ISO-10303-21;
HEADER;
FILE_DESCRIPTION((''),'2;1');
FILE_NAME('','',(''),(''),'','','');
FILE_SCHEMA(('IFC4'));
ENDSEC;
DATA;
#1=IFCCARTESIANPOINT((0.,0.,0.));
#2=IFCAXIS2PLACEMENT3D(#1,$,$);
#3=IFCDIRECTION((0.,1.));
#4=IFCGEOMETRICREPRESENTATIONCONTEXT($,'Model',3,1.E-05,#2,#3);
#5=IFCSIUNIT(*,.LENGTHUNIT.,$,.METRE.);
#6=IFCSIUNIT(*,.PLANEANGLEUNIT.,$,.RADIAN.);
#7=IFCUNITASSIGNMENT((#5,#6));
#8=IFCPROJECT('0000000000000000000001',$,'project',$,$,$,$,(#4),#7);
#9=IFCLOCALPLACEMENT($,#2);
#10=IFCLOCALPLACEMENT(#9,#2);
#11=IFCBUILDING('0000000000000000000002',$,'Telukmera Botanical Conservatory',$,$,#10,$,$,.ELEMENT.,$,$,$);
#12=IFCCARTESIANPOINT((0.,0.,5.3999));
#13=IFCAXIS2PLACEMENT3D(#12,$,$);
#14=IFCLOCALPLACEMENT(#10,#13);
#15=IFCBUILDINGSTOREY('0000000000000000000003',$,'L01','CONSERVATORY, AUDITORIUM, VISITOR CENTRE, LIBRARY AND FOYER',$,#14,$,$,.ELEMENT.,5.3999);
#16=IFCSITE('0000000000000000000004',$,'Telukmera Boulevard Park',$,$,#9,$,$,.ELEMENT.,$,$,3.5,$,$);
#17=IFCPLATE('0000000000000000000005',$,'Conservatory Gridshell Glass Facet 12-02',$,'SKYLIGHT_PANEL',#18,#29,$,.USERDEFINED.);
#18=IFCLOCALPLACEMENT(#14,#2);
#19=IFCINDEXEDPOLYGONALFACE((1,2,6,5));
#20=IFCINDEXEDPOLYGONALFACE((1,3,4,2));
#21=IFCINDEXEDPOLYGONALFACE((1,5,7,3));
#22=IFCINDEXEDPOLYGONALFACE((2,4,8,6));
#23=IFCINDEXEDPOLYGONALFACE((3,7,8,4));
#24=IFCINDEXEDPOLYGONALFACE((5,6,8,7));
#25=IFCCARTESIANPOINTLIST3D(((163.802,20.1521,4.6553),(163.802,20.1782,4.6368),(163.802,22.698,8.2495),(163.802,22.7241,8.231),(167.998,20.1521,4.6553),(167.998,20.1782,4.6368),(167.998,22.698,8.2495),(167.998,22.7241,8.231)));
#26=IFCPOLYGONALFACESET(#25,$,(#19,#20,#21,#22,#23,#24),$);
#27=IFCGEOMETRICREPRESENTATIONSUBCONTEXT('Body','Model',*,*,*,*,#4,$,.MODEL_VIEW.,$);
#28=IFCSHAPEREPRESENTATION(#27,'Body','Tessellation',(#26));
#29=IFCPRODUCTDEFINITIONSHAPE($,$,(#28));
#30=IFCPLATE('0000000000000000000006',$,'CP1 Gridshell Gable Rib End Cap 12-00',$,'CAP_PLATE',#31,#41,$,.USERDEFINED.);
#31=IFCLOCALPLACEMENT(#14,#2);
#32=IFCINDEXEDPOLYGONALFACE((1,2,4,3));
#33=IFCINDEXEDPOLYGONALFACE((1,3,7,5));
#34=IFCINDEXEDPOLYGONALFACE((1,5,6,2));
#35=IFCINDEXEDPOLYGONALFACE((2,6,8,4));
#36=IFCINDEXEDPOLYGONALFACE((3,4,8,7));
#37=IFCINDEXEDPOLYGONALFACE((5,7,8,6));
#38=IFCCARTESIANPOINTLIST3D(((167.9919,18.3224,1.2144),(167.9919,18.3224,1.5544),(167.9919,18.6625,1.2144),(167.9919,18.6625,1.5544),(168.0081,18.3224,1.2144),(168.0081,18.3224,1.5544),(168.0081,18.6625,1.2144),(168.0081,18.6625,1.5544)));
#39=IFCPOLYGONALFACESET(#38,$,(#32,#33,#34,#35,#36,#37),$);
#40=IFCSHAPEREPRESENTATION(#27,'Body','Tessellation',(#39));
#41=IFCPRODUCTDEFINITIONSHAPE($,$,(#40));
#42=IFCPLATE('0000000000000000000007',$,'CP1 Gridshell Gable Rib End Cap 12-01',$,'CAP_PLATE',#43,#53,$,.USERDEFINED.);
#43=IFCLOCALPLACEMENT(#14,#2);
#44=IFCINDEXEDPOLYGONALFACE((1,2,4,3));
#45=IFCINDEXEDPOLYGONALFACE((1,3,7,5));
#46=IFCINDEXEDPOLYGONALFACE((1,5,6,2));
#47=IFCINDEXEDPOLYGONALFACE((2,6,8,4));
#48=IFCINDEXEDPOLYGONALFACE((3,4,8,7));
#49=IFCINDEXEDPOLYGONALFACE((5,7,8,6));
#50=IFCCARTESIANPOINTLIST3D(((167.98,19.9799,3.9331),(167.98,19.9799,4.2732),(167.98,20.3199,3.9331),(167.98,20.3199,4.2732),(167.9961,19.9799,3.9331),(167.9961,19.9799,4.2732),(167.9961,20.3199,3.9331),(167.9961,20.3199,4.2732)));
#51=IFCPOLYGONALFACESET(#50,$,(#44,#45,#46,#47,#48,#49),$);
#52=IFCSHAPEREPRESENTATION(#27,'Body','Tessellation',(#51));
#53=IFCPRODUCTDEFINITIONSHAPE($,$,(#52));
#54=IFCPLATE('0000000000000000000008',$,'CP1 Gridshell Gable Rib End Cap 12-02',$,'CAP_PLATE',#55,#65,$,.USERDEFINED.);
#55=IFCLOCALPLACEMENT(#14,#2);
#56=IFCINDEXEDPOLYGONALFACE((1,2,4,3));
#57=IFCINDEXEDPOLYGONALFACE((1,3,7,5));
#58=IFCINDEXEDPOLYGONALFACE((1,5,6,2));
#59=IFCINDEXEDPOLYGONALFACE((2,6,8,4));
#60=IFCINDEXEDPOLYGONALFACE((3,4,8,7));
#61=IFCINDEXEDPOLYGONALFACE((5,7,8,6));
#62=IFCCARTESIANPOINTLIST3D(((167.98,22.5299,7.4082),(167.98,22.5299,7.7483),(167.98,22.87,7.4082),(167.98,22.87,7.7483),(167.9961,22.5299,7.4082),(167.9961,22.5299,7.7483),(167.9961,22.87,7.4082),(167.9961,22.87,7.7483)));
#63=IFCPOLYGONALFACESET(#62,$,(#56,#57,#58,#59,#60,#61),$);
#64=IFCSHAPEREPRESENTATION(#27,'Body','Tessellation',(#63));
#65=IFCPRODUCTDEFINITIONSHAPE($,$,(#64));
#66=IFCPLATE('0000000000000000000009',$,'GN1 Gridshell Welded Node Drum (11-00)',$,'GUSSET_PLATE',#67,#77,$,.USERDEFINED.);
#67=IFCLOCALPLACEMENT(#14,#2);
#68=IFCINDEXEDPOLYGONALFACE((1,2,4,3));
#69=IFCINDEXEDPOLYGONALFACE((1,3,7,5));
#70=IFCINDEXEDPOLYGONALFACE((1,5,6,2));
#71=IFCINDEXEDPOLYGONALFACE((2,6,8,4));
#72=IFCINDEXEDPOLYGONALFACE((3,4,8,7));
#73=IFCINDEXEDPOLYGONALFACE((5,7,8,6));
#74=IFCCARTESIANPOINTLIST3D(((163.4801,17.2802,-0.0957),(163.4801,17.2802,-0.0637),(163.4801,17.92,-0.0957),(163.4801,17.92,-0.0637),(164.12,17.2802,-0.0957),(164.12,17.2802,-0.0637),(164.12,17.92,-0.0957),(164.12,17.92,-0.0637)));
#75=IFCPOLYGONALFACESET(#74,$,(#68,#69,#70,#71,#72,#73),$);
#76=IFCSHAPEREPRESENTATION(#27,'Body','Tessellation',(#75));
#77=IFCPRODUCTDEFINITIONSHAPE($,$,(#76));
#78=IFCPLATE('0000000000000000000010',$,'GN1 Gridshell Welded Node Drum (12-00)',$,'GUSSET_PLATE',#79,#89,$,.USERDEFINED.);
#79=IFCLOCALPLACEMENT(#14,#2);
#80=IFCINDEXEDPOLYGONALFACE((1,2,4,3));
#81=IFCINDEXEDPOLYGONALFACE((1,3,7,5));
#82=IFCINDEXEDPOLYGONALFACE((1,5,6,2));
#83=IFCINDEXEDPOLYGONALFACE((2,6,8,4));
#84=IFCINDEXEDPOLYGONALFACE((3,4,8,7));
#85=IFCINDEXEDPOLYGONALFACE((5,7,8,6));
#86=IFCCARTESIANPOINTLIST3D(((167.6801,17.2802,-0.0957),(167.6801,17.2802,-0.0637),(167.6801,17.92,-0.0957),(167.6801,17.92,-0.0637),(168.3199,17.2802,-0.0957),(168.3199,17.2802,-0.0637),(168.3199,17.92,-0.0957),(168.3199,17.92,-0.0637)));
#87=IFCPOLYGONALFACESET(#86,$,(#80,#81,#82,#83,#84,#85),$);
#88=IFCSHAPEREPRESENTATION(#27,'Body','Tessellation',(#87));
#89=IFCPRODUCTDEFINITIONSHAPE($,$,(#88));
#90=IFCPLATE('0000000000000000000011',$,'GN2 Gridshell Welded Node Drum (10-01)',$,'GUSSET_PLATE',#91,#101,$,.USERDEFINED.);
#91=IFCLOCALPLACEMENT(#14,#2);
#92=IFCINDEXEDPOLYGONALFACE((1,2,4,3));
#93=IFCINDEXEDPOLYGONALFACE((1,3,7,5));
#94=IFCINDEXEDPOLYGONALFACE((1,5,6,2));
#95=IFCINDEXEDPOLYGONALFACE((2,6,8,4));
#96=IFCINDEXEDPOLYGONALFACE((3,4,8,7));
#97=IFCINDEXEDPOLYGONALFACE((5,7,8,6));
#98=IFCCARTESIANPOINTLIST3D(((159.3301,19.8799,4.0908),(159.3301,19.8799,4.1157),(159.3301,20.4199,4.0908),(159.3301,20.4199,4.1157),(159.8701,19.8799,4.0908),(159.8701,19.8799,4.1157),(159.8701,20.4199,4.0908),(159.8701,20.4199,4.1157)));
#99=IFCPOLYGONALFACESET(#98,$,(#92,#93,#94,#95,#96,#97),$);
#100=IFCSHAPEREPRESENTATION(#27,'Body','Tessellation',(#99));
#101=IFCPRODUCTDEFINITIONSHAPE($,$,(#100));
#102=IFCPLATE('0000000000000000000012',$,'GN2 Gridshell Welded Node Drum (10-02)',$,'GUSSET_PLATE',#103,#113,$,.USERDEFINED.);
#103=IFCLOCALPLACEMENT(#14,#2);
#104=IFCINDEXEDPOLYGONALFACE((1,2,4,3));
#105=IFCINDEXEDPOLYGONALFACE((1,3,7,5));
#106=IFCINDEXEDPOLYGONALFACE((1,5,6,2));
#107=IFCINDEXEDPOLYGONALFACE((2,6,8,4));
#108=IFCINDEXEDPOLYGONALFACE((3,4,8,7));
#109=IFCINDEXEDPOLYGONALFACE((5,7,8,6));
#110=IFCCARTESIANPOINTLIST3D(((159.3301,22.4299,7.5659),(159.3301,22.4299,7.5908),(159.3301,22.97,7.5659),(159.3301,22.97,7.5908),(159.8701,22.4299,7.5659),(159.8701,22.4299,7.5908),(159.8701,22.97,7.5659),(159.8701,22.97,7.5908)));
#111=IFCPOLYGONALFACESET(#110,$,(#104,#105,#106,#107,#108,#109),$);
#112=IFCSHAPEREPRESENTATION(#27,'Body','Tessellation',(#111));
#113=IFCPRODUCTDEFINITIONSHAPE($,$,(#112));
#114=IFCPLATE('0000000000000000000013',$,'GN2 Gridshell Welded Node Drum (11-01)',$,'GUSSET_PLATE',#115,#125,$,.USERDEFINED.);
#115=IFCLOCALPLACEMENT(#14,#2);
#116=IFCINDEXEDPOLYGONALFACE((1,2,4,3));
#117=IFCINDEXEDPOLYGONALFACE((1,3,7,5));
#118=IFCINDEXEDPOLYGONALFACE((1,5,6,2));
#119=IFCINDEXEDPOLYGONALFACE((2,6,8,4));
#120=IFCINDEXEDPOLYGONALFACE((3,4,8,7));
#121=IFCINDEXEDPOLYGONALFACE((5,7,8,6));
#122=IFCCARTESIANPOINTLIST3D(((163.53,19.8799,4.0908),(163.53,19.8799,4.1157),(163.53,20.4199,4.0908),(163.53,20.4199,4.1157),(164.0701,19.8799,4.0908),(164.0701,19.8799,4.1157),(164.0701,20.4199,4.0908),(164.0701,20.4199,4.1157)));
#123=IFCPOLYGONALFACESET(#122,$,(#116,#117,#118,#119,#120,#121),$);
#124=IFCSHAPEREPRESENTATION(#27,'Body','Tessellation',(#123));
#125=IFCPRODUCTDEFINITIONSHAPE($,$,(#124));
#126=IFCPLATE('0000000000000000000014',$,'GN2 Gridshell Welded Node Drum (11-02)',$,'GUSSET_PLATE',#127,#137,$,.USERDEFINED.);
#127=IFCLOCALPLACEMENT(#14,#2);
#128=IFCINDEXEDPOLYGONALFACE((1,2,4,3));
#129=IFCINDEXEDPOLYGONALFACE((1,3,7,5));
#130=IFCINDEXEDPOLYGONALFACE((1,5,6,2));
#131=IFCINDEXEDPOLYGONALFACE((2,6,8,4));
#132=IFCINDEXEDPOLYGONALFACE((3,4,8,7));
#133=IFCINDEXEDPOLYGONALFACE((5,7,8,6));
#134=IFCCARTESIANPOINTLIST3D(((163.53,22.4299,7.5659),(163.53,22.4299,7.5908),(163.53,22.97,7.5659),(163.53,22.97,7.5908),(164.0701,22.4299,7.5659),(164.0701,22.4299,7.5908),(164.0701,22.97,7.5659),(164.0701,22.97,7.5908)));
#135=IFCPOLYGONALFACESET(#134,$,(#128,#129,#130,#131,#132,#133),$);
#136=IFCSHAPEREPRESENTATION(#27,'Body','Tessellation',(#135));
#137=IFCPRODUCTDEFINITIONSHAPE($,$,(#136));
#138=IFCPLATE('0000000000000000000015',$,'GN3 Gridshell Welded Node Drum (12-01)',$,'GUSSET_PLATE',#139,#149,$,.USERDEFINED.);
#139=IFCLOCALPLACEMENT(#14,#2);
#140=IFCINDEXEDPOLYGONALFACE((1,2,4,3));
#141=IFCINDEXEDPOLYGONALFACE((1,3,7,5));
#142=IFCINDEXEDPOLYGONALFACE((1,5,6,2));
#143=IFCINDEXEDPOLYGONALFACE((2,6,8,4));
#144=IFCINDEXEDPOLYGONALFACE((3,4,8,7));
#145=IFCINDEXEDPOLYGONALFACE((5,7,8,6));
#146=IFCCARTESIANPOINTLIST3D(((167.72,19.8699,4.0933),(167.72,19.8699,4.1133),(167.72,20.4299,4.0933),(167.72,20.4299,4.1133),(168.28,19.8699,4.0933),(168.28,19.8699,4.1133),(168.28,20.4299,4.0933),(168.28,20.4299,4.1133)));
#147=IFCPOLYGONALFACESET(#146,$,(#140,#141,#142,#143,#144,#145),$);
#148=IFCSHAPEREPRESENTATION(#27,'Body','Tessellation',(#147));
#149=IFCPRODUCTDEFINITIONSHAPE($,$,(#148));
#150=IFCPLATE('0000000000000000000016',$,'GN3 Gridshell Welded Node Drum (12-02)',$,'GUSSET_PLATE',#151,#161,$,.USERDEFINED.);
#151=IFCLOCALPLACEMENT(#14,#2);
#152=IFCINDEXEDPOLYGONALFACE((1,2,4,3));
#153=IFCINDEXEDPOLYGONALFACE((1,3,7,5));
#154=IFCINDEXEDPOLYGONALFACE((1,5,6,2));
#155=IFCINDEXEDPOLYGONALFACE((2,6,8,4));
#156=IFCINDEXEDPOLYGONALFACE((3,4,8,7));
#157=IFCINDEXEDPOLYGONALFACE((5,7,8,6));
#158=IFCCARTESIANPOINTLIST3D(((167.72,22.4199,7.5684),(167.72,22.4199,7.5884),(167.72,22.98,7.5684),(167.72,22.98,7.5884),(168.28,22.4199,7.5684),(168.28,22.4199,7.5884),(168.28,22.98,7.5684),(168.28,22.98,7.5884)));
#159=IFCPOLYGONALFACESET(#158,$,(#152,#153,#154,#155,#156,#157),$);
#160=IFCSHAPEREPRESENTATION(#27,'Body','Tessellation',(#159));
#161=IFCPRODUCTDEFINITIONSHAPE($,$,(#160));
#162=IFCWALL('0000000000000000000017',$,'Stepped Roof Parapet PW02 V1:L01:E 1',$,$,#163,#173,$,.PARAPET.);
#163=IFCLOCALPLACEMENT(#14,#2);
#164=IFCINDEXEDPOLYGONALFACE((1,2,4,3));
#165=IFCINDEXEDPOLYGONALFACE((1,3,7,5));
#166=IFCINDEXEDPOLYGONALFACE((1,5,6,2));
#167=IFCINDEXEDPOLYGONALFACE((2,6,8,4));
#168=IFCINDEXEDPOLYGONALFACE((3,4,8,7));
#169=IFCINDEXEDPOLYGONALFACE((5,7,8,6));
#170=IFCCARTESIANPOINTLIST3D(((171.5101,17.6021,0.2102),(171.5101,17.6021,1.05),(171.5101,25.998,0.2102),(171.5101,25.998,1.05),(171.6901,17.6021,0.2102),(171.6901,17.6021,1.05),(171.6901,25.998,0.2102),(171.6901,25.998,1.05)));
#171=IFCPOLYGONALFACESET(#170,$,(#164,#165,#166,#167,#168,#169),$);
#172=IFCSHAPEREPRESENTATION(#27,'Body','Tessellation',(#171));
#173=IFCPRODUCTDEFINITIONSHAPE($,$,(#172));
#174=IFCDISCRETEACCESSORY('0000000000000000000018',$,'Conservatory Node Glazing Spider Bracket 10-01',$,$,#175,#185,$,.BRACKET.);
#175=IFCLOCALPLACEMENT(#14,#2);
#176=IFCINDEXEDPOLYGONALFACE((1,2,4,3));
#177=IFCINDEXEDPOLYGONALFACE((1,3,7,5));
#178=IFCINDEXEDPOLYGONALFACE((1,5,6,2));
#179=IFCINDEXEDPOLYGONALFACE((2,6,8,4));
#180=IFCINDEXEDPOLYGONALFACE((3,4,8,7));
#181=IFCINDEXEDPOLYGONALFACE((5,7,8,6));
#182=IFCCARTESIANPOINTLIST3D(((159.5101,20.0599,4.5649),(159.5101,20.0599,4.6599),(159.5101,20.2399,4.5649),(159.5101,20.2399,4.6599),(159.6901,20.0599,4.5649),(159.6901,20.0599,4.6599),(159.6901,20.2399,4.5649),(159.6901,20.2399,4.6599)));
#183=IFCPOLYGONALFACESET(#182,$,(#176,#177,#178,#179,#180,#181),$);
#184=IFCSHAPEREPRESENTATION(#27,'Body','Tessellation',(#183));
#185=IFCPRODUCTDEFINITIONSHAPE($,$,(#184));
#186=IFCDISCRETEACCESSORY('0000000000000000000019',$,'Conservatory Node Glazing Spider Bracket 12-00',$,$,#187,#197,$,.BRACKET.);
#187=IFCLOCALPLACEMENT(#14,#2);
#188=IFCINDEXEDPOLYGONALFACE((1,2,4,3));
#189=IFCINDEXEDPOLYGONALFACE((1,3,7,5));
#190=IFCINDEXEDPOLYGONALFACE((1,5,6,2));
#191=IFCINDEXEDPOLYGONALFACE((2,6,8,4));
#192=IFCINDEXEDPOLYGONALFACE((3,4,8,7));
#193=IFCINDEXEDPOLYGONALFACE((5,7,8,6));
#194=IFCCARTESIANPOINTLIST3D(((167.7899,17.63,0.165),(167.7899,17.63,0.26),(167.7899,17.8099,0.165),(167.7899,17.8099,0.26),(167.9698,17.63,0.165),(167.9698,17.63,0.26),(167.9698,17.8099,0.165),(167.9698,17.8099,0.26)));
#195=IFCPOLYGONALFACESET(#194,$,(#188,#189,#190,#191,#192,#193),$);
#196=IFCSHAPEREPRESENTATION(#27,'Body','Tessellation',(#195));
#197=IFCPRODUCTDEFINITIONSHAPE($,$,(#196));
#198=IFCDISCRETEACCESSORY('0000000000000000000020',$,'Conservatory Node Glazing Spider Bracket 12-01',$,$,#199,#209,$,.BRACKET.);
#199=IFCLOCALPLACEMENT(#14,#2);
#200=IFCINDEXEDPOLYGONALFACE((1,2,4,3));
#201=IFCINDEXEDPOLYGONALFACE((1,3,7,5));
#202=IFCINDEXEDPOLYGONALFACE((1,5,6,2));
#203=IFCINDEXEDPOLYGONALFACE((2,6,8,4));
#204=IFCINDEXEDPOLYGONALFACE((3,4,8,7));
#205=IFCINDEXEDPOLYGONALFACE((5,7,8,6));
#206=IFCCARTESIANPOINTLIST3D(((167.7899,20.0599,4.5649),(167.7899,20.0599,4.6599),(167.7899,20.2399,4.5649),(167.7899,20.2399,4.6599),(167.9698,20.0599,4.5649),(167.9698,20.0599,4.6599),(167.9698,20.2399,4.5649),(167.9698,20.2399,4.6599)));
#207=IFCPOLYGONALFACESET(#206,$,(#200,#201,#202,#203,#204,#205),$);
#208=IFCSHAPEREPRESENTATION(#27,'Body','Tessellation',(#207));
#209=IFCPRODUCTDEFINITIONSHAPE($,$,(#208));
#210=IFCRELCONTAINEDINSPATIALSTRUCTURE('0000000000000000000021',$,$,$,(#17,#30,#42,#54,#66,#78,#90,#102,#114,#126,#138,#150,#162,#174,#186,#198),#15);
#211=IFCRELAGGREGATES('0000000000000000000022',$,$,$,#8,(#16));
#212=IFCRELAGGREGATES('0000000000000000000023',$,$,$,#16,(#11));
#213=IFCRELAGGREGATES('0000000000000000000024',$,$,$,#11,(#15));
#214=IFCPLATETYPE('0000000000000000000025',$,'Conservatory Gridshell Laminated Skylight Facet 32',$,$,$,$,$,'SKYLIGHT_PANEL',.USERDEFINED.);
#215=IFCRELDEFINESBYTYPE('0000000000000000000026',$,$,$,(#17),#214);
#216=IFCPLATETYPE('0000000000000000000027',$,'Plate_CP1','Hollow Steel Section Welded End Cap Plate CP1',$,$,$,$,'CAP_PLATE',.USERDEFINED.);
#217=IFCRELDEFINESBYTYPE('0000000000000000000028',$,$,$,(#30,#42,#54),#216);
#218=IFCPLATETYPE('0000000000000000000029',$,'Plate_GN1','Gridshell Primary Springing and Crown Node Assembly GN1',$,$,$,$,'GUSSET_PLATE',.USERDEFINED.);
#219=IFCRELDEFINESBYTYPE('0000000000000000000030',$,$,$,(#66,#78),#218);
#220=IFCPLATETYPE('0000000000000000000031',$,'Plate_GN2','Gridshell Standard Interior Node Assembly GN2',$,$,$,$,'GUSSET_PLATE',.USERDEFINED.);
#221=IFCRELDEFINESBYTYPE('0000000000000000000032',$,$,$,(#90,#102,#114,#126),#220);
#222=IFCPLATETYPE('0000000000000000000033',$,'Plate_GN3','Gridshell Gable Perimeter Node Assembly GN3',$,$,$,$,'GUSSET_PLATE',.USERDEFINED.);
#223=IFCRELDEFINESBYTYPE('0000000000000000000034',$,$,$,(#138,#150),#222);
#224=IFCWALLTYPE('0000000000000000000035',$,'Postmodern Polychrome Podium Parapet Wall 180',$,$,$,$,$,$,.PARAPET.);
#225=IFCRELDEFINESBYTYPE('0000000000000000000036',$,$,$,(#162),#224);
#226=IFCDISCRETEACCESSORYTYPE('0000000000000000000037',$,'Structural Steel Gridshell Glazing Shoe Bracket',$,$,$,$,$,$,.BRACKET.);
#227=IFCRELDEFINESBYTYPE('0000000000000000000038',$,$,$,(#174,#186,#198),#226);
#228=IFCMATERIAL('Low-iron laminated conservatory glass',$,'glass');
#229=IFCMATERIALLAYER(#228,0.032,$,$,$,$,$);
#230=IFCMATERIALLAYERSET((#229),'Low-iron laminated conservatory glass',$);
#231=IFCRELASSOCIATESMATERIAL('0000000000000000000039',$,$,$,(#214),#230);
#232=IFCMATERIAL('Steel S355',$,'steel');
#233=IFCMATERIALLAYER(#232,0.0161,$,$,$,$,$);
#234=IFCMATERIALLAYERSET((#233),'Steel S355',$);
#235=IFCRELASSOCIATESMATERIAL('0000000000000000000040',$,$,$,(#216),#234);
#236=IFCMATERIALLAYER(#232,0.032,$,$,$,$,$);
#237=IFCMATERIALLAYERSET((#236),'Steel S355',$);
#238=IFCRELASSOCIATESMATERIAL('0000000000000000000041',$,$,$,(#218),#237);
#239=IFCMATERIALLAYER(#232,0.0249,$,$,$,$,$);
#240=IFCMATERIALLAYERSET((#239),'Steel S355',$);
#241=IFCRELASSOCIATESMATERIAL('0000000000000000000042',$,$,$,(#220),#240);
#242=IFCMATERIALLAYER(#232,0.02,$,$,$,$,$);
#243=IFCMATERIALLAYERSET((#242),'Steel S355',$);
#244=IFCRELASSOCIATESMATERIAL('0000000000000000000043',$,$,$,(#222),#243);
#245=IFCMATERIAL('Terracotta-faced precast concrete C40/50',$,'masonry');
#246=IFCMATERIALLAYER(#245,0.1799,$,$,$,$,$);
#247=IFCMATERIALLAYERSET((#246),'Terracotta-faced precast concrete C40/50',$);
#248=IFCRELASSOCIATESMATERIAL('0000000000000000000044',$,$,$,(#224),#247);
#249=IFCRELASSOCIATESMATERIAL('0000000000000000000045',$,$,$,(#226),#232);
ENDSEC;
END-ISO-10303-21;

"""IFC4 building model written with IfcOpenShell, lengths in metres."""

from ifc_helpers import new_model, si_unit, direction, frame, frame_2d, origin, origin_2d, place, context, subcontext, project, spatial, polyline, rectangle, outline, extrude, material, layer, layer_set, type_object, element, save


model = new_model("IFC4")

# Units and contexts
model_context = context("Model", 3, precision=1e-05, world=origin(), true_north=direction((0.0, 1.0)))
body_context = subcontext(model_context, "Body", "Model", "MODEL_VIEW")
ifc_project = project(units=[si_unit("LENGTHUNIT", "METRE"), si_unit("PLANEANGLEUNIT", "RADIAN")], contexts=[model_context])

# Site, building, storey
site_placement = place(None, origin())
site = spatial("IfcSite", under=ifc_project, at=site_placement, Name="Telukmera Boulevard Park", CompositionType="ELEMENT", RefElevation=3.5)
building_placement = place(site_placement, origin())
building = spatial("IfcBuilding", under=site, at=building_placement, Name="Telukmera Botanical Conservatory", CompositionType="ELEMENT")
storey_placement = place(building_placement, frame((0.0, 0.0, 5.3999)))
storey = spatial("IfcBuildingStorey", under=building, at=storey_placement, Name="L01", Description="CONSERVATORY, AUDITORIUM, VISITOR CENTRE, LIBRARY AND FOYER", CompositionType="ELEMENT", Elevation=5.3999)

# Shared definitions
ifc_material_1 = material(Name="Steel S355", Category="steel")

# Plates
ifc_material_2 = material(Name="Low-iron laminated conservatory glass", Category="glass")
ifc_layer_1 = layer(ifc_material_2, 0.032)
ifc_layer_set_1 = layer_set([ifc_layer_1], Name="Low-iron laminated conservatory glass")
plate_type_1 = type_object("IfcPlateType", Name="Conservatory Gridshell Laminated Skylight Facet 32", ElementType="SKYLIGHT_PANEL", PredefinedType="USERDEFINED", material=ifc_layer_set_1)
plate_1_placement = place(storey_placement, frame((163.802, 20.1521, 4.6553), z_axis=(0.0, -0.816027, 0.578014), x_axis=(1.0, 0.0, 0.0)))
element("IfcPlate", 1, at=plate_1_placement, inside=storey, type_object=plate_type_1, Name="Conservatory Gridshell Glass Facet 12-02", ObjectType="SKYLIGHT_PANEL", PredefinedType="USERDEFINED", context=body_context, shape_type="SweptSolid", body=[
    extrude(outline(polyline([(0.0, 0.0), (4.196, 0.0), (4.196, 4.4046), (0.0, 4.4046), (0.0, 0.0)])), origin(), (0.0, 0.0, -1.0), 0.032),
])
ifc_layer_2 = layer(ifc_material_1, 0.0161)
ifc_layer_set_2 = layer_set([ifc_layer_2], Name="Steel S355")
plate_type_2 = type_object("IfcPlateType", Name="Plate_CP1", Description="Hollow Steel Section Welded End Cap Plate CP1", ElementType="CAP_PLATE", PredefinedType="USERDEFINED", material=ifc_layer_set_2)
for number, where, z_axis, x_axis, name in (
    (2, (168.0, 18.4924, 1.2144), (0.0, 0.0, 1.0), (1.0, 0.0, 0.0), "CP1 Gridshell Gable Rib End Cap 12-00"),
    (3, (167.988, 20.1499, 3.9331), (0.0, 0.0, 1.0), (1.0, 0.0, 0.0), "CP1 Gridshell Gable Rib End Cap 12-01"),
    (4, (167.988, 22.7, 7.4082), (0.0, 0.0, 1.0), (1.0, 0.0, 0.0), "CP1 Gridshell Gable Rib End Cap 12-02"),
):
    element("IfcPlate", number, at=place(storey_placement, frame(where, z_axis=z_axis, x_axis=x_axis)), inside=storey, type_object=plate_type_2, Name=name, ObjectType="CAP_PLATE", PredefinedType="USERDEFINED", context=body_context, shape_type="SweptSolid", body=[
        extrude(rectangle(XDim=0.0161, YDim=0.3401, at=origin_2d()), origin(), (0.0, 0.0, 1.0), 0.3401),
    ])
ifc_layer_3 = layer(ifc_material_1, 0.032)
ifc_layer_set_3 = layer_set([ifc_layer_3], Name="Steel S355")
plate_type_3 = type_object("IfcPlateType", Name="Plate_GN1", Description="Gridshell Primary Springing and Crown Node Assembly GN1", ElementType="GUSSET_PLATE", PredefinedType="USERDEFINED", material=ifc_layer_set_3)
for number, where, z_axis, x_axis, name in (
    (5, (163.8, 17.6001, -0.0957), (0.0, 0.0, 1.0), (1.0, 0.0, 0.0), "GN1 Gridshell Welded Node Drum (11-00)"),
    (6, (168.0, 17.6001, -0.0957), (0.0, 0.0, 1.0), (1.0, 0.0, 0.0), "GN1 Gridshell Welded Node Drum (12-00)"),
):
    element("IfcPlate", number, at=place(storey_placement, frame(where, z_axis=z_axis, x_axis=x_axis)), inside=storey, type_object=plate_type_3, Name=name, ObjectType="GUSSET_PLATE", PredefinedType="USERDEFINED", context=body_context, shape_type="SweptSolid", body=[
        extrude(rectangle(XDim=0.6399, YDim=0.6399, at=origin_2d()), origin(), (0.0, 0.0, 1.0), 0.032),
    ])
ifc_layer_4 = layer(ifc_material_1, 0.0249)
ifc_layer_set_4 = layer_set([ifc_layer_4], Name="Steel S355")
plate_type_4 = type_object("IfcPlateType", Name="Plate_GN2", Description="Gridshell Standard Interior Node Assembly GN2", ElementType="GUSSET_PLATE", PredefinedType="USERDEFINED", material=ifc_layer_set_4)
for number, where, z_axis, x_axis, name in (
    (7, (159.6001, 20.1499, 4.0908), (0.0, 0.0, 1.0), (1.0, 0.0, 0.0), "GN2 Gridshell Welded Node Drum (10-01)"),
    (8, (159.6001, 22.7, 7.5659), (0.0, 0.0, 1.0), (1.0, 0.0, 0.0), "GN2 Gridshell Welded Node Drum (10-02)"),
    (9, (163.8, 20.1499, 4.0908), (0.0, 0.0, 1.0), (1.0, 0.0, 0.0), "GN2 Gridshell Welded Node Drum (11-01)"),
    (10, (163.8, 22.7, 7.5659), (0.0, 0.0, 1.0), (1.0, 0.0, 0.0), "GN2 Gridshell Welded Node Drum (11-02)"),
):
    element("IfcPlate", number, at=place(storey_placement, frame(where, z_axis=z_axis, x_axis=x_axis)), inside=storey, type_object=plate_type_4, Name=name, ObjectType="GUSSET_PLATE", PredefinedType="USERDEFINED", context=body_context, shape_type="SweptSolid", body=[
        extrude(rectangle(XDim=0.54, YDim=0.54, at=origin_2d()), origin(), (0.0, 0.0, 1.0), 0.0249),
    ])
ifc_layer_5 = layer(ifc_material_1, 0.02)
ifc_layer_set_5 = layer_set([ifc_layer_5], Name="Steel S355")
plate_type_5 = type_object("IfcPlateType", Name="Plate_GN3", Description="Gridshell Gable Perimeter Node Assembly GN3", ElementType="GUSSET_PLATE", PredefinedType="USERDEFINED", material=ifc_layer_set_5)
for number, where, z_axis, x_axis, name in (
    (11, (168.0, 20.1499, 4.0933), (0.0, 0.0, 1.0), (1.0, 0.0, 0.0), "GN3 Gridshell Welded Node Drum (12-01)"),
    (12, (168.0, 22.7, 7.5684), (0.0, 0.0, 1.0), (1.0, 0.0, 0.0), "GN3 Gridshell Welded Node Drum (12-02)"),
):
    element("IfcPlate", number, at=place(storey_placement, frame(where, z_axis=z_axis, x_axis=x_axis)), inside=storey, type_object=plate_type_5, Name=name, ObjectType="GUSSET_PLATE", PredefinedType="USERDEFINED", context=body_context, shape_type="SweptSolid", body=[
        extrude(rectangle(XDim=0.5601, YDim=0.5601, at=origin_2d()), origin(), (0.0, 0.0, 1.0), 0.02),
    ])

# Wall
ifc_material_3 = material(Name="Terracotta-faced precast concrete C40/50", Category="masonry")
ifc_layer_6 = layer(ifc_material_3, 0.1799)
ifc_layer_set_6 = layer_set([ifc_layer_6], Name="Terracotta-faced precast concrete C40/50")
wall_type = type_object("IfcWallType", Name="Postmodern Polychrome Podium Parapet Wall 180", PredefinedType="PARAPET", material=ifc_layer_set_6)
wall_placement = place(storey_placement, frame((171.6001, 17.6021, 0.2102), z_axis=(0.0, 0.0, 1.0), x_axis=(0.0, 1.0, 0.0)))
element("IfcWall", 13, at=wall_placement, inside=storey, type_object=wall_type, Name="Stepped Roof Parapet PW02 V1:L01:E 1", PredefinedType="PARAPET", context=body_context, shape_type="SweptSolid", body=[
    extrude(rectangle(XDim=8.396, YDim=0.1799, at=frame_2d((4.198, 0.0))), origin(), (0.0, 0.0, 1.0), 0.8398),
])

# Discrete accessories
discrete_accessory_type = type_object("IfcDiscreteAccessoryType", Name="Structural Steel Gridshell Glazing Shoe Bracket", PredefinedType="BRACKET", material=ifc_material_1)
for number, where, z_axis, x_axis, name in (
    (14, (159.6001, 20.1499, 4.5649), (0.0, 0.0, 1.0), (1.0, 0.0, 0.0), "Conservatory Node Glazing Spider Bracket 10-01"),
    (15, (167.8799, 17.72, 0.165), (0.0, 0.0, 1.0), (1.0, 0.0, 0.0), "Conservatory Node Glazing Spider Bracket 12-00"),
    (16, (167.8799, 20.1499, 4.5649), (0.0, 0.0, 1.0), (1.0, 0.0, 0.0), "Conservatory Node Glazing Spider Bracket 12-01"),
):
    element("IfcDiscreteAccessory", number, at=place(storey_placement, frame(where, z_axis=z_axis, x_axis=x_axis)), inside=storey, type_object=discrete_accessory_type, Name=name, PredefinedType="BRACKET", context=body_context, shape_type="SweptSolid", body=[
        extrude(rectangle(XDim=0.1799, YDim=0.1799, at=origin_2d()), origin(), (0.0, 0.0, 1.0), 0.095),
    ])

save(model, "model.ifc")
